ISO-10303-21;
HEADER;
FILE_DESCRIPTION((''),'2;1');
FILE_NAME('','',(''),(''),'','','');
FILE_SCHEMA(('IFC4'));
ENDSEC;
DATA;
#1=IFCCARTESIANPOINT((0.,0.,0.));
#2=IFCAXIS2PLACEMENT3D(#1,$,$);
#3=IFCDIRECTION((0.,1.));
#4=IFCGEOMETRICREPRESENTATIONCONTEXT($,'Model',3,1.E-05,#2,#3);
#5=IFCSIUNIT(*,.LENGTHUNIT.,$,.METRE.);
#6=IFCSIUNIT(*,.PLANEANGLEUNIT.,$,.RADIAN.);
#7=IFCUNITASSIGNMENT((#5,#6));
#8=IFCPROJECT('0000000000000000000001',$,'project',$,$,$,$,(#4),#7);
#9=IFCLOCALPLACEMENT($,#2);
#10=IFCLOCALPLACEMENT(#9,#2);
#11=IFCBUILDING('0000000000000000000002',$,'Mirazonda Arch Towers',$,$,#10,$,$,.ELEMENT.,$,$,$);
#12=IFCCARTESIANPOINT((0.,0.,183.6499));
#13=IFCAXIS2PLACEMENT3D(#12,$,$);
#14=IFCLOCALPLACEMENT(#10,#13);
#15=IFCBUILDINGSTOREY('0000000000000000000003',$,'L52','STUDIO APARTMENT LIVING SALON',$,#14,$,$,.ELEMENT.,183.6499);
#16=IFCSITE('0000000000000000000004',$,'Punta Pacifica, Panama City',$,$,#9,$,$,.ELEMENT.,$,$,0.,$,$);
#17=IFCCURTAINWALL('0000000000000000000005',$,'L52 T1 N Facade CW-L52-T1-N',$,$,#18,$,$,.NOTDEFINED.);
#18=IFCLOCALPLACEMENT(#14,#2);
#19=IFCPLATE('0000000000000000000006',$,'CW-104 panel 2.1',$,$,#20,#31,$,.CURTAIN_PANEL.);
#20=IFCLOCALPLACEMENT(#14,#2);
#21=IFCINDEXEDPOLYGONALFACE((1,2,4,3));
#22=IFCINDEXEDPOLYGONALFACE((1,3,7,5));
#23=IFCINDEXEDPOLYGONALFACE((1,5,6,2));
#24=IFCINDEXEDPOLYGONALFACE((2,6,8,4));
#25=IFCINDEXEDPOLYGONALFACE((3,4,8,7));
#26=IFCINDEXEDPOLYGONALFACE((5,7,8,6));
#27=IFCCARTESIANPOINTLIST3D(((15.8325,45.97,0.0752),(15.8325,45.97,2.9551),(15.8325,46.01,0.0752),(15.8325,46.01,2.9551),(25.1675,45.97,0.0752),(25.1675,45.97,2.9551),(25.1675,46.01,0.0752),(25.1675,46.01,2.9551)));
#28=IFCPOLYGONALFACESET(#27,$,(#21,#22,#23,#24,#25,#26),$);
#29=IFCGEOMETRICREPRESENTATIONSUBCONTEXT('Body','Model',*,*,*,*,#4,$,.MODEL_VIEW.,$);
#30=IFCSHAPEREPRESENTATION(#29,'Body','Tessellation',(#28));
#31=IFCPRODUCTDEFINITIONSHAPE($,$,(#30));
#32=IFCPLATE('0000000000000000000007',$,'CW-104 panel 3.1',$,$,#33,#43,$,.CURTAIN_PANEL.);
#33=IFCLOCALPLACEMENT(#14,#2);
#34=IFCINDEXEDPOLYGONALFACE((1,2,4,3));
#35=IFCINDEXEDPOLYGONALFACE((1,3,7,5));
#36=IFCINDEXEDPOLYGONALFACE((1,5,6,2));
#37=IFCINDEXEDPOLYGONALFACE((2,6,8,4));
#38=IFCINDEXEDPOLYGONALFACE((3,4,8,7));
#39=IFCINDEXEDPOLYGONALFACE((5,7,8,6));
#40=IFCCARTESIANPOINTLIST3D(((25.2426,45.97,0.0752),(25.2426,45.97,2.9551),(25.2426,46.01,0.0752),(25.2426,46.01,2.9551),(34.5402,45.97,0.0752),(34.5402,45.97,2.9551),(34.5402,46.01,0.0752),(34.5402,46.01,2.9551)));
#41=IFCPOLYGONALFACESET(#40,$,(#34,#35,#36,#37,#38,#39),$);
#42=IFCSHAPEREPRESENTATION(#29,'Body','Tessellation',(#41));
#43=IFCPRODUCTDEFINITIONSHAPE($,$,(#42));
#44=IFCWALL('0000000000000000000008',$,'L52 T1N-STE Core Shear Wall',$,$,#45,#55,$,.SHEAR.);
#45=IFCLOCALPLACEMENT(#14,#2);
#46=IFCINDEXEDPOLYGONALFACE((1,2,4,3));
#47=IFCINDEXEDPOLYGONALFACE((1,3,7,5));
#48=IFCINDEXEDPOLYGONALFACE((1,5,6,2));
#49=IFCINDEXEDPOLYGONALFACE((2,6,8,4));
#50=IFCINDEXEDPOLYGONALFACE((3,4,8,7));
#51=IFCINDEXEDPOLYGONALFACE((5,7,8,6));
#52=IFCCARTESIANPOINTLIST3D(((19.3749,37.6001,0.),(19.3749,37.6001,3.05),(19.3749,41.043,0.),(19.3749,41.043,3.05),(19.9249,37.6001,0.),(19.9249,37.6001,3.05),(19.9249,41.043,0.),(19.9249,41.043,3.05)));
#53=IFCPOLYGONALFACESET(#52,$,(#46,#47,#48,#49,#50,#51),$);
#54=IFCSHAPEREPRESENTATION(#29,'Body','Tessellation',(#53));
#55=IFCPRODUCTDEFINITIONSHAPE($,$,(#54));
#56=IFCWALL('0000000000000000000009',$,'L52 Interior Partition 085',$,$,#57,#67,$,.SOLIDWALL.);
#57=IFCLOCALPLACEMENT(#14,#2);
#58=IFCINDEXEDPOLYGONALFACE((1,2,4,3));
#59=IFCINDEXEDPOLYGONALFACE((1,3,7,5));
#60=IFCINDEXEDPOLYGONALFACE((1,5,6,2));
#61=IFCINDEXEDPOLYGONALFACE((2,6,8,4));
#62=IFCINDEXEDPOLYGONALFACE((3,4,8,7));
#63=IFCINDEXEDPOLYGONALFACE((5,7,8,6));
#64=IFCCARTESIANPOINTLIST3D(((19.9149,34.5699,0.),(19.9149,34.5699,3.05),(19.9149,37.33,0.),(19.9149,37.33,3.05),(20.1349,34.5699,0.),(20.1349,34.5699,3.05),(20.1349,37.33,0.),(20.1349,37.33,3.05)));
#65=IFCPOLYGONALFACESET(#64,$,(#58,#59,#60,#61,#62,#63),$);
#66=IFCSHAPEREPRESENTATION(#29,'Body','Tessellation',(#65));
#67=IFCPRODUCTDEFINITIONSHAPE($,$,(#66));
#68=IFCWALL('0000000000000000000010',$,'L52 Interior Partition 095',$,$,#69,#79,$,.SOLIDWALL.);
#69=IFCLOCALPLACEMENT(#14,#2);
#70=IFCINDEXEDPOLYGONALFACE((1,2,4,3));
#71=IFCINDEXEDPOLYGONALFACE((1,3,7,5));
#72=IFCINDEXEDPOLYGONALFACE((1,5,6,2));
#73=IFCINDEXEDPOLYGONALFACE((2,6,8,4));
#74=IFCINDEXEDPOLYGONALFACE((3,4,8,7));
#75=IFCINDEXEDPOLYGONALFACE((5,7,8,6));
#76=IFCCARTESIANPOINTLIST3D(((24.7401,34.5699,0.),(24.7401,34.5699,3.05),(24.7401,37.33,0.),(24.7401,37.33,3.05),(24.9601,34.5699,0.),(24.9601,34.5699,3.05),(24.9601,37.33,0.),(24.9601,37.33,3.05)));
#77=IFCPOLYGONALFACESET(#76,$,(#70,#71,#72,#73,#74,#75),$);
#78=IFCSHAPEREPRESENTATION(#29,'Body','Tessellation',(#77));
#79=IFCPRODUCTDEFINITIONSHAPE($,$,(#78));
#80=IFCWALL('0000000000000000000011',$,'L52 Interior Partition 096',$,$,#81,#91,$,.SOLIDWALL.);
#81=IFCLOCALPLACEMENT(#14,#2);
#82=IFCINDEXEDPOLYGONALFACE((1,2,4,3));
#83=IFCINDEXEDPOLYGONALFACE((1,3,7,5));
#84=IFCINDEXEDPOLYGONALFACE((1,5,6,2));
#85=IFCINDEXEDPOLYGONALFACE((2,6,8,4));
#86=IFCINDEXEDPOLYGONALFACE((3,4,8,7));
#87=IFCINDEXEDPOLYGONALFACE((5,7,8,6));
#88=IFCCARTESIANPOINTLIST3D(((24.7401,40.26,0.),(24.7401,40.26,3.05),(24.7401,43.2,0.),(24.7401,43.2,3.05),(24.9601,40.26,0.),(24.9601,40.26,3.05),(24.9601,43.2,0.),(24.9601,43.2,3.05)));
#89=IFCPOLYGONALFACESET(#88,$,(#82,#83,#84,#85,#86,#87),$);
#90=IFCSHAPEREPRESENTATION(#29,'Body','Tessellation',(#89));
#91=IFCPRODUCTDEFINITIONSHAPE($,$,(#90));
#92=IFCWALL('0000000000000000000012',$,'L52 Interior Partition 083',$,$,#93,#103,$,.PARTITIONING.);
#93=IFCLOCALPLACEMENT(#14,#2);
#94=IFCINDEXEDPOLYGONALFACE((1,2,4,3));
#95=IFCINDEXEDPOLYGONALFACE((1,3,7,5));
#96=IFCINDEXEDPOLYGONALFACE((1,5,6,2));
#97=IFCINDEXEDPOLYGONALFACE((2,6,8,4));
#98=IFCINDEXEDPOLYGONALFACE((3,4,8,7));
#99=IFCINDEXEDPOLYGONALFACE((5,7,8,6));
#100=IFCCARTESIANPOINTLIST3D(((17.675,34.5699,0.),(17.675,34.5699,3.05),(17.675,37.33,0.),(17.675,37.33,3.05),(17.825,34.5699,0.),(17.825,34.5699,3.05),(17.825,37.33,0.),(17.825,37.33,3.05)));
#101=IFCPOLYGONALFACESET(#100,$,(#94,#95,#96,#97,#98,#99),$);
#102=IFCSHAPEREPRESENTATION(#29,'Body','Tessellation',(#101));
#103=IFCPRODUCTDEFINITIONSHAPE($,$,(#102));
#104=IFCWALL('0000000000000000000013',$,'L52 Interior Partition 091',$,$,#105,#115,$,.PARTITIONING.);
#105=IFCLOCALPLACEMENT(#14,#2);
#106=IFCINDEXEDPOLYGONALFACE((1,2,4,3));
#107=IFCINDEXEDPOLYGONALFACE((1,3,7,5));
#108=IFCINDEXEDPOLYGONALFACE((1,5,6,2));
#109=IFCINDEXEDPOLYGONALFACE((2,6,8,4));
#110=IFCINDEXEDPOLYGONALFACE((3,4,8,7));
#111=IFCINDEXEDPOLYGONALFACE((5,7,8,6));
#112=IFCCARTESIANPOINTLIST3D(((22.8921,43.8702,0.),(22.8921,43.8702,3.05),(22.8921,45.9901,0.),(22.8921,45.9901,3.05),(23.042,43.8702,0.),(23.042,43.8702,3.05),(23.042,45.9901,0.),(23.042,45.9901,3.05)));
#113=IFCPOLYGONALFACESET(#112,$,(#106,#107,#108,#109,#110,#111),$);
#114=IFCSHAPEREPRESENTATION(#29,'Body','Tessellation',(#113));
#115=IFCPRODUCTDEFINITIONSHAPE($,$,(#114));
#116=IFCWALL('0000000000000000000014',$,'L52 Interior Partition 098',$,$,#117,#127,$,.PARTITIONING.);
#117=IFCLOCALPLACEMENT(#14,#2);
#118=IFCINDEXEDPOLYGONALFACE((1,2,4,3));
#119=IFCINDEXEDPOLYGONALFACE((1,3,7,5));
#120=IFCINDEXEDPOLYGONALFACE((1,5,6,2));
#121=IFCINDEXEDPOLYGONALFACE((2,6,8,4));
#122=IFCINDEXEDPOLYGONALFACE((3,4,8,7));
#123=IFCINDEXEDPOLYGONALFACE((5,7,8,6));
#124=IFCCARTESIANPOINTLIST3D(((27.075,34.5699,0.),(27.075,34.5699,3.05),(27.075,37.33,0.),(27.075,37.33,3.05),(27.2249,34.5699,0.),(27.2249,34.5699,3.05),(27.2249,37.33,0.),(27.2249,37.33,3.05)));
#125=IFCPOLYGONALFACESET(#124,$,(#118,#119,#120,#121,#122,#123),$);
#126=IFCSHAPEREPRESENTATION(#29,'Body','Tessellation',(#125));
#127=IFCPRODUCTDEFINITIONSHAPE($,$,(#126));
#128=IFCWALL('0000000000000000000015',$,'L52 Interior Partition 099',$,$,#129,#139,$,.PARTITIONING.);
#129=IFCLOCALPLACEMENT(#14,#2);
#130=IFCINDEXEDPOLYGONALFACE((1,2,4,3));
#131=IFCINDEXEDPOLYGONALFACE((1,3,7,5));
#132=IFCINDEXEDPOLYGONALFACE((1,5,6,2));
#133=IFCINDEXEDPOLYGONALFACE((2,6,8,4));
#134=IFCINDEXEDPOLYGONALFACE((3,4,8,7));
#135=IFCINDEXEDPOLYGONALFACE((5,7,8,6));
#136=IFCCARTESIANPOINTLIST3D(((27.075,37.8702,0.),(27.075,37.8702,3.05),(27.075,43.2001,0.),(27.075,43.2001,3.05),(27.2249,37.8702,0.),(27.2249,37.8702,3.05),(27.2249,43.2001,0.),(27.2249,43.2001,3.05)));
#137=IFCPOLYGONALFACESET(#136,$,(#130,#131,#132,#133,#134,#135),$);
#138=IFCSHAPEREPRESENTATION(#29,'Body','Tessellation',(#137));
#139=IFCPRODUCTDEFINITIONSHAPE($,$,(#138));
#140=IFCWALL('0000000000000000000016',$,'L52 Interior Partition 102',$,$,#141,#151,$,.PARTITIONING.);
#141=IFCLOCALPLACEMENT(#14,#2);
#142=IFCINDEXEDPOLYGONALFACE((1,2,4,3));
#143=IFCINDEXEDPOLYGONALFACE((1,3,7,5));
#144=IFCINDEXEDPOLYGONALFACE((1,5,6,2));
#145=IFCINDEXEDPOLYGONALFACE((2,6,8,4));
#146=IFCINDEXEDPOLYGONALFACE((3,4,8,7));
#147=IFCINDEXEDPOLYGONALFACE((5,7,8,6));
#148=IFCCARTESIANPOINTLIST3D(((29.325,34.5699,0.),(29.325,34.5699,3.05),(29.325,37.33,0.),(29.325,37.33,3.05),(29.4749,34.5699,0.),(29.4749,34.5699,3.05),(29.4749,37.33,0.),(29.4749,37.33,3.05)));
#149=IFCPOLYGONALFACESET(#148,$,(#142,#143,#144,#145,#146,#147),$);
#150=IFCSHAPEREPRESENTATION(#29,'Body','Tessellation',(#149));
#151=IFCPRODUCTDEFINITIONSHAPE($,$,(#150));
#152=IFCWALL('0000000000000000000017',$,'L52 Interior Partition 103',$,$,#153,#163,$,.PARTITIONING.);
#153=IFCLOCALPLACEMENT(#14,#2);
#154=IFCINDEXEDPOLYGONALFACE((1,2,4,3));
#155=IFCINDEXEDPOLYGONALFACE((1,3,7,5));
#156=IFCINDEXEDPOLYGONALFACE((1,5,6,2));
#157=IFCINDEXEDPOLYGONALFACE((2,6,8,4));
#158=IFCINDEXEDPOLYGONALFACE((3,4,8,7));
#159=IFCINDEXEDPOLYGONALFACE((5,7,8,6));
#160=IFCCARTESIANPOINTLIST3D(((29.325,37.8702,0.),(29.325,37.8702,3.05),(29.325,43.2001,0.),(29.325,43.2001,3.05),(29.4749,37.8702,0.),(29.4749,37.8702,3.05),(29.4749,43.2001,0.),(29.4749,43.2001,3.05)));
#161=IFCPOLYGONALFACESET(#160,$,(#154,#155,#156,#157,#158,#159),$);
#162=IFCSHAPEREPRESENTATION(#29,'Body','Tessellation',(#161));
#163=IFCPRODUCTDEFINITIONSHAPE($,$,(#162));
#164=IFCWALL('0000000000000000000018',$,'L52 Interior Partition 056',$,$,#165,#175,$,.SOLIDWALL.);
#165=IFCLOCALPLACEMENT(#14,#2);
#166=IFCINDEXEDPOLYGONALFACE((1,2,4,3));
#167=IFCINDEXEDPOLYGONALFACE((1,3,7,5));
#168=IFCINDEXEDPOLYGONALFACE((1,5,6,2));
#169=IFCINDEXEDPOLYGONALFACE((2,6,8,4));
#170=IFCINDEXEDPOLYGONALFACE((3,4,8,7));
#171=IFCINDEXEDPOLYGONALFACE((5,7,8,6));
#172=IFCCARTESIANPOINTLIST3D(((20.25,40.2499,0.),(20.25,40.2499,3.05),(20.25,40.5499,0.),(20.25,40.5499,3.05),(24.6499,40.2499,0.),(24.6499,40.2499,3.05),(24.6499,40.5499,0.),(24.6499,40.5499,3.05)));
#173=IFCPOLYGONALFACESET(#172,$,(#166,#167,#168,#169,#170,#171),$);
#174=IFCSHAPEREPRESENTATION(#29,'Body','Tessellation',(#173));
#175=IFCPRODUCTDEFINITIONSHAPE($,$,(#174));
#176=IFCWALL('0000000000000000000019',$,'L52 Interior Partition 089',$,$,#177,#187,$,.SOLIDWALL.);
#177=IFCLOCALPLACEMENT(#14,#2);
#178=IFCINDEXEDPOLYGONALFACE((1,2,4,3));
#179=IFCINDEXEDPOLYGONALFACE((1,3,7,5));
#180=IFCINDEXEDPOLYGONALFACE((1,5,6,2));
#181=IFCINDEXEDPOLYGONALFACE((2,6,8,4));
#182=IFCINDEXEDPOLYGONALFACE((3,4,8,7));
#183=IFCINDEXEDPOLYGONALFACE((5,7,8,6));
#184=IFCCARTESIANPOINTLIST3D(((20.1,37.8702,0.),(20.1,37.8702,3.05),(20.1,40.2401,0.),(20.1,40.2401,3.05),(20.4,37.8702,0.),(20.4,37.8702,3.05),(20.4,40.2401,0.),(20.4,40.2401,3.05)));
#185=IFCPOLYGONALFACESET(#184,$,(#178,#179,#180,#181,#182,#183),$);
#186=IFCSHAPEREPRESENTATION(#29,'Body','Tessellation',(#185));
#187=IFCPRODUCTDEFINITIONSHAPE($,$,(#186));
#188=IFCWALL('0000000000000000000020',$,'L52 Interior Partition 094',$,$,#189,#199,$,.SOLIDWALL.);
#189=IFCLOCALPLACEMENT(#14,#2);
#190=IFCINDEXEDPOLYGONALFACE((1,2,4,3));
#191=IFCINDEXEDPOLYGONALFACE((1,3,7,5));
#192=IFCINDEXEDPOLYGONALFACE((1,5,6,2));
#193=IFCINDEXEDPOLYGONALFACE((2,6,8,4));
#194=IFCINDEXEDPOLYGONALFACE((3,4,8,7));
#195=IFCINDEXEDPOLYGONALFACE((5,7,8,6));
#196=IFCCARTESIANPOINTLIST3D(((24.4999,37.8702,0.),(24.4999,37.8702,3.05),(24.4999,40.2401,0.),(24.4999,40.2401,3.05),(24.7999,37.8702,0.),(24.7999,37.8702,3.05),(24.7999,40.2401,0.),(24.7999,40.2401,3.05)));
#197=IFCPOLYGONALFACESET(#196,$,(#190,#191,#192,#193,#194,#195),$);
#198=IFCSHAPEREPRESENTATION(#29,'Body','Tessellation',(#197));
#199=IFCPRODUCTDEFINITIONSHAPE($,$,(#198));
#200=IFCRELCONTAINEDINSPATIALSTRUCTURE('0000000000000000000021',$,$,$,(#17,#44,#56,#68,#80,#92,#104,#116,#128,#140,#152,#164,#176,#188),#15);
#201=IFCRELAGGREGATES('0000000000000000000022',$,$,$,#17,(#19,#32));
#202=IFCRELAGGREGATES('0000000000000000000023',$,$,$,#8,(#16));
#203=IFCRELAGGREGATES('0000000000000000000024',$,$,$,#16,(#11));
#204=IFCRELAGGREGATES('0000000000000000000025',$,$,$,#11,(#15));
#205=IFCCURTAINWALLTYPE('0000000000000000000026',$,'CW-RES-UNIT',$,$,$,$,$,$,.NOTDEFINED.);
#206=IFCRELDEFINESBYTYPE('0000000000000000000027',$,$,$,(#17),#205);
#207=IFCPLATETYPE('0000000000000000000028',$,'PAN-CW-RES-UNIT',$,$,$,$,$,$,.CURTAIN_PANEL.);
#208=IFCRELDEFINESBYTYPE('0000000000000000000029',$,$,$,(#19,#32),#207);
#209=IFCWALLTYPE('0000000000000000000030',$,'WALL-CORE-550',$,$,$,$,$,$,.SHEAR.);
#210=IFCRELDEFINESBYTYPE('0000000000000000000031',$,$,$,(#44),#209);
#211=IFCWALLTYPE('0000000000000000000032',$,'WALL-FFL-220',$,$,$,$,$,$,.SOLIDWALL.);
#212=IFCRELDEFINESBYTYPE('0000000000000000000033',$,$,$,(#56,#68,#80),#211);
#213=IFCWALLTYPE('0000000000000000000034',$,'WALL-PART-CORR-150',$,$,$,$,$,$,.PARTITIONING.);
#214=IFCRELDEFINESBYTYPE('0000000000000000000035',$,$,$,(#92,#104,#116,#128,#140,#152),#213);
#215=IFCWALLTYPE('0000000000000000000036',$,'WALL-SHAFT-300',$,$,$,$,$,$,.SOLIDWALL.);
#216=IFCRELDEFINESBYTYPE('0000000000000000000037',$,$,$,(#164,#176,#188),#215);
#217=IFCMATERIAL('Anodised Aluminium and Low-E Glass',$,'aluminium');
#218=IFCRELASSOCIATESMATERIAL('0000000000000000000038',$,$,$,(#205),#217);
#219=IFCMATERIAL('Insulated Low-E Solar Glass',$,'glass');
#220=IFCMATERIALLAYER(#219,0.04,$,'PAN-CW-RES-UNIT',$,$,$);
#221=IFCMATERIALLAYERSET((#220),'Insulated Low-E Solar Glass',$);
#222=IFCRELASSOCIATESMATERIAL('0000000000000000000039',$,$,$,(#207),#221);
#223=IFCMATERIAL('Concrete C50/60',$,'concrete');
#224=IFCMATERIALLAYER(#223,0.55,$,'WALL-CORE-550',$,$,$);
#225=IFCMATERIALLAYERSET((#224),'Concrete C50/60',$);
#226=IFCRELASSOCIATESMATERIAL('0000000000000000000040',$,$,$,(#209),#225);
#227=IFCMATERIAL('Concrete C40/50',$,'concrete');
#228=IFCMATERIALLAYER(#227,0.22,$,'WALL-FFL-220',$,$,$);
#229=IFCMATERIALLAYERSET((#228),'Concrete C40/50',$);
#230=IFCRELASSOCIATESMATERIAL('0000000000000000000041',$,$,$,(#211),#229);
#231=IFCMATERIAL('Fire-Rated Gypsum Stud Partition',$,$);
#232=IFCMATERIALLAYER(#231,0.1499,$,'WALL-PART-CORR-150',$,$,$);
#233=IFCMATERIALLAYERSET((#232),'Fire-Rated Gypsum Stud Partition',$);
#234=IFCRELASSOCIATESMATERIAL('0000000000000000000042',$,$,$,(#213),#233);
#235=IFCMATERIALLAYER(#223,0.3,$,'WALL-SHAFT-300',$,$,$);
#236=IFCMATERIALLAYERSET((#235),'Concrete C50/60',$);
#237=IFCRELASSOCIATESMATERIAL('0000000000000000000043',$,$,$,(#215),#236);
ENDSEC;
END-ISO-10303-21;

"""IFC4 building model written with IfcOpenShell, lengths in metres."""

from ifc_helpers import new_model, si_unit, direction, frame, frame_2d, origin, origin_2d, place, context, subcontext, project, spatial, rectangle, extrude, material, layer, layer_set, type_object, element, aggregate, save


model = new_model("IFC4")

# Units and contexts
model_context = context("Model", 3, precision=1e-05, world=origin(), true_north=direction((0.0, 1.0)))
body_context = subcontext(model_context, "Body", "Model", "MODEL_VIEW")
ifc_project = project(units=[si_unit("LENGTHUNIT", "METRE"), si_unit("PLANEANGLEUNIT", "RADIAN")], contexts=[model_context])

# Site, building, storey
site_placement = place(None, origin())
site = spatial("IfcSite", under=ifc_project, at=site_placement, Name="Punta Pacifica, Panama City", CompositionType="ELEMENT", RefElevation=0.0)
building_placement = place(site_placement, origin())
building = spatial("IfcBuilding", under=site, at=building_placement, Name="Mirazonda Arch Towers", CompositionType="ELEMENT")
storey_placement = place(building_placement, frame((0.0, 0.0, 183.6499)))
storey = spatial("IfcBuildingStorey", under=building, at=storey_placement, Name="L52", Description="STUDIO APARTMENT LIVING SALON", CompositionType="ELEMENT", Elevation=183.6499)

# Shared definitions
ifc_material_1 = material(Name="Concrete C50/60", Category="concrete")

# Curtain wall, plates
ifc_material_2 = material(Name="Anodised Aluminium and Low-E Glass", Category="aluminium")
curtain_wall_type = type_object("IfcCurtainWallType", Name="CW-RES-UNIT", PredefinedType="NOTDEFINED", material=ifc_material_2)
curtain_wall_placement = place(storey_placement, origin())
curtain_wall = element("IfcCurtainWall", 1, at=curtain_wall_placement, inside=storey, type_object=curtain_wall_type, Name="L52 T1 N Facade CW-L52-T1-N", PredefinedType="NOTDEFINED")
ifc_material_3 = material(Name="Insulated Low-E Solar Glass", Category="glass")
ifc_layer_1 = layer(ifc_material_3, 0.04, Name="PAN-CW-RES-UNIT")
ifc_layer_set_1 = layer_set([ifc_layer_1], Name="Insulated Low-E Solar Glass")
plate_type = type_object("IfcPlateType", Name="PAN-CW-RES-UNIT", PredefinedType="CURTAIN_PANEL", material=ifc_layer_set_1)
plate_1_placement = place(storey_placement, frame((20.5, 45.99, 0.0752), z_axis=(0.0, 0.0, 1.0), x_axis=(1.0, 0.0, 0.0)))
plate_1 = element("IfcPlate", 2, at=plate_1_placement, type_object=plate_type, Name="CW-104 panel 2.1", PredefinedType="CURTAIN_PANEL", context=body_context, shape_type="SweptSolid", body=[
    extrude(rectangle(XDim=9.335, YDim=0.04, at=origin_2d()), origin(), (0.0, 0.0, 1.0), 2.8799),
])
plate_2_placement = place(storey_placement, frame((29.8914, 45.99, 0.0752), z_axis=(0.0, 0.0, 1.0), x_axis=(1.0, 0.0, 0.0)))
plate_2 = element("IfcPlate", 3, at=plate_2_placement, type_object=plate_type, Name="CW-104 panel 3.1", PredefinedType="CURTAIN_PANEL", context=body_context, shape_type="SweptSolid", body=[
    extrude(rectangle(XDim=9.2976, YDim=0.04, at=origin_2d()), origin(), (0.0, 0.0, 1.0), 2.8799),
])
aggregate(curtain_wall, [plate_1, plate_2])

# Walls
ifc_layer_2 = layer(ifc_material_1, 0.55, Name="WALL-CORE-550")
ifc_layer_set_2 = layer_set([ifc_layer_2], Name="Concrete C50/60")
wall_type_1 = type_object("IfcWallType", Name="WALL-CORE-550", PredefinedType="SHEAR", material=ifc_layer_set_2)
wall_1_placement = place(storey_placement, frame((19.6499, 37.6001, 0.0), z_axis=(0.0, 0.0, 1.0), x_axis=(0.0, 1.0, 0.0)))
element("IfcWall", 4, at=wall_1_placement, inside=storey, type_object=wall_type_1, Name="L52 T1N-STE Core Shear Wall", PredefinedType="SHEAR", context=body_context, shape_type="SweptSolid", body=[
    extrude(rectangle(XDim=3.4429, YDim=0.55, at=frame_2d((1.7214, 0.0))), origin(), (0.0, 0.0, 1.0), 3.05),
])
ifc_material_4 = material(Name="Concrete C40/50", Category="concrete")
ifc_layer_3 = layer(ifc_material_4, 0.22, Name="WALL-FFL-220")
ifc_layer_set_3 = layer_set([ifc_layer_3], Name="Concrete C40/50")
wall_type_2 = type_object("IfcWallType", Name="WALL-FFL-220", PredefinedType="SOLIDWALL", material=ifc_layer_set_3)
for number, where, z_axis, x_axis, name in (
    (5, (20.0249, 34.5701, 0.0), (0.0, 0.0, 1.0), (0.0, 1.0, 0.0), "L52 Interior Partition 085"),
    (6, (24.8501, 34.5701, 0.0), (0.0, 0.0, 1.0), (0.0, 1.0, 0.0), "L52 Interior Partition 095"),
):
    element("IfcWall", number, at=place(storey_placement, frame(where, z_axis=z_axis, x_axis=x_axis)), inside=storey, type_object=wall_type_2, Name=name, PredefinedType="SOLIDWALL", context=body_context, shape_type="SweptSolid", body=[
        extrude(rectangle(XDim=2.76, YDim=0.22, at=frame_2d((1.3799, 0.0))), origin(), (0.0, 0.0, 1.0), 3.05),
    ])
wall_2_placement = place(storey_placement, frame((24.8501, 40.26, 0.0), z_axis=(0.0, 0.0, 1.0), x_axis=(0.0, 1.0, 0.0)))
element("IfcWall", 7, at=wall_2_placement, inside=storey, type_object=wall_type_2, Name="L52 Interior Partition 096", PredefinedType="SOLIDWALL", context=body_context, shape_type="SweptSolid", body=[
    extrude(rectangle(XDim=2.9399, YDim=0.22, at=frame_2d((1.47, 0.0))), origin(), (0.0, 0.0, 1.0), 3.05),
])
ifc_material_5 = material(Name="Fire-Rated Gypsum Stud Partition")
ifc_layer_4 = layer(ifc_material_5, 0.1499, Name="WALL-PART-CORR-150")
ifc_layer_set_4 = layer_set([ifc_layer_4], Name="Fire-Rated Gypsum Stud Partition")
wall_type_3 = type_object("IfcWallType", Name="WALL-PART-CORR-150", PredefinedType="PARTITIONING", material=ifc_layer_set_4)
wall_3_placement = place(storey_placement, frame((17.75, 34.5701, 0.0), z_axis=(0.0, 0.0, 1.0), x_axis=(0.0, 1.0, 0.0)))
element("IfcWall", 8, at=wall_3_placement, inside=storey, type_object=wall_type_3, Name="L52 Interior Partition 083", PredefinedType="PARTITIONING", context=body_context, shape_type="SweptSolid", body=[
    extrude(rectangle(XDim=2.76, YDim=0.1499, at=frame_2d((1.3799, 0.0))), origin(), (0.0, 0.0, 1.0), 3.05),
])
wall_4_placement = place(storey_placement, frame((22.967, 43.8701, 0.0), z_axis=(0.0, 0.0, 1.0), x_axis=(0.0, 1.0, 0.0)))
element("IfcWall", 9, at=wall_4_placement, inside=storey, type_object=wall_type_3, Name="L52 Interior Partition 091", PredefinedType="PARTITIONING", context=body_context, shape_type="SweptSolid", body=[
    extrude(rectangle(XDim=2.1199, YDim=0.1499, at=frame_2d((1.0601, 0.0))), origin(), (0.0, 0.0, 1.0), 3.05),
])
wall_5_placement = place(storey_placement, frame((27.1499, 34.5701, 0.0), z_axis=(0.0, 0.0, 1.0), x_axis=(0.0, 1.0, 0.0)))
element("IfcWall", 10, at=wall_5_placement, inside=storey, type_object=wall_type_3, Name="L52 Interior Partition 098", PredefinedType="PARTITIONING", context=body_context, shape_type="SweptSolid", body=[
    extrude(rectangle(XDim=2.76, YDim=0.1499, at=frame_2d((1.3799, 0.0))), origin(), (0.0, 0.0, 1.0), 3.05),
])
wall_6_placement = place(storey_placement, frame((27.1499, 37.8701, 0.0), z_axis=(0.0, 0.0, 1.0), x_axis=(0.0, 1.0, 0.0)))
element("IfcWall", 11, at=wall_6_placement, inside=storey, type_object=wall_type_3, Name="L52 Interior Partition 099", PredefinedType="PARTITIONING", context=body_context, shape_type="SweptSolid", body=[
    extrude(rectangle(XDim=5.3298, YDim=0.1499, at=frame_2d((2.665, 0.0))), origin(), (0.0, 0.0, 1.0), 3.05),
])
wall_7_placement = place(storey_placement, frame((29.3999, 34.5701, 0.0), z_axis=(0.0, 0.0, 1.0), x_axis=(0.0, 1.0, 0.0)))
element("IfcWall", 12, at=wall_7_placement, inside=storey, type_object=wall_type_3, Name="L52 Interior Partition 102", PredefinedType="PARTITIONING", context=body_context, shape_type="SweptSolid", body=[
    extrude(rectangle(XDim=2.76, YDim=0.1499, at=frame_2d((1.3799, 0.0))), origin(), (0.0, 0.0, 1.0), 3.05),
])
wall_8_placement = place(storey_placement, frame((29.3999, 37.8701, 0.0), z_axis=(0.0, 0.0, 1.0), x_axis=(0.0, 1.0, 0.0)))
element("IfcWall", 13, at=wall_8_placement, inside=storey, type_object=wall_type_3, Name="L52 Interior Partition 103", PredefinedType="PARTITIONING", context=body_context, shape_type="SweptSolid", body=[
    extrude(rectangle(XDim=5.3298, YDim=0.1499, at=frame_2d((2.665, 0.0))), origin(), (0.0, 0.0, 1.0), 3.05),
])
ifc_layer_5 = layer(ifc_material_1, 0.3, Name="WALL-SHAFT-300")
ifc_layer_set_5 = layer_set([ifc_layer_5], Name="Concrete C50/60")
wall_type_4 = type_object("IfcWallType", Name="WALL-SHAFT-300", PredefinedType="SOLIDWALL", material=ifc_layer_set_5)
wall_9_placement = place(storey_placement, frame((20.25, 40.3999, 0.0), z_axis=(0.0, 0.0, 1.0), x_axis=(1.0, 0.0, 0.0)))
element("IfcWall", 14, at=wall_9_placement, inside=storey, type_object=wall_type_4, Name="L52 Interior Partition 056", PredefinedType="SOLIDWALL", context=body_context, shape_type="SweptSolid", body=[
    extrude(rectangle(XDim=4.3999, YDim=0.3, at=frame_2d((2.2, 0.0))), origin(), (0.0, 0.0, 1.0), 3.05),
])
for number, where, z_axis, x_axis, name in (
    (15, (20.25, 37.8701, 0.0), (0.0, 0.0, 1.0), (0.0, 1.0, 0.0), "L52 Interior Partition 089"),
    (16, (24.6499, 37.8701, 0.0), (0.0, 0.0, 1.0), (0.0, 1.0, 0.0), "L52 Interior Partition 094"),
):
    element("IfcWall", number, at=place(storey_placement, frame(where, z_axis=z_axis, x_axis=x_axis)), inside=storey, type_object=wall_type_4, Name=name, PredefinedType="SOLIDWALL", context=body_context, shape_type="SweptSolid", body=[
        extrude(rectangle(XDim=2.3699, YDim=0.3, at=frame_2d((1.1851, 0.0))), origin(), (0.0, 0.0, 1.0), 3.05),
    ])

save(model, "model.ifc")
